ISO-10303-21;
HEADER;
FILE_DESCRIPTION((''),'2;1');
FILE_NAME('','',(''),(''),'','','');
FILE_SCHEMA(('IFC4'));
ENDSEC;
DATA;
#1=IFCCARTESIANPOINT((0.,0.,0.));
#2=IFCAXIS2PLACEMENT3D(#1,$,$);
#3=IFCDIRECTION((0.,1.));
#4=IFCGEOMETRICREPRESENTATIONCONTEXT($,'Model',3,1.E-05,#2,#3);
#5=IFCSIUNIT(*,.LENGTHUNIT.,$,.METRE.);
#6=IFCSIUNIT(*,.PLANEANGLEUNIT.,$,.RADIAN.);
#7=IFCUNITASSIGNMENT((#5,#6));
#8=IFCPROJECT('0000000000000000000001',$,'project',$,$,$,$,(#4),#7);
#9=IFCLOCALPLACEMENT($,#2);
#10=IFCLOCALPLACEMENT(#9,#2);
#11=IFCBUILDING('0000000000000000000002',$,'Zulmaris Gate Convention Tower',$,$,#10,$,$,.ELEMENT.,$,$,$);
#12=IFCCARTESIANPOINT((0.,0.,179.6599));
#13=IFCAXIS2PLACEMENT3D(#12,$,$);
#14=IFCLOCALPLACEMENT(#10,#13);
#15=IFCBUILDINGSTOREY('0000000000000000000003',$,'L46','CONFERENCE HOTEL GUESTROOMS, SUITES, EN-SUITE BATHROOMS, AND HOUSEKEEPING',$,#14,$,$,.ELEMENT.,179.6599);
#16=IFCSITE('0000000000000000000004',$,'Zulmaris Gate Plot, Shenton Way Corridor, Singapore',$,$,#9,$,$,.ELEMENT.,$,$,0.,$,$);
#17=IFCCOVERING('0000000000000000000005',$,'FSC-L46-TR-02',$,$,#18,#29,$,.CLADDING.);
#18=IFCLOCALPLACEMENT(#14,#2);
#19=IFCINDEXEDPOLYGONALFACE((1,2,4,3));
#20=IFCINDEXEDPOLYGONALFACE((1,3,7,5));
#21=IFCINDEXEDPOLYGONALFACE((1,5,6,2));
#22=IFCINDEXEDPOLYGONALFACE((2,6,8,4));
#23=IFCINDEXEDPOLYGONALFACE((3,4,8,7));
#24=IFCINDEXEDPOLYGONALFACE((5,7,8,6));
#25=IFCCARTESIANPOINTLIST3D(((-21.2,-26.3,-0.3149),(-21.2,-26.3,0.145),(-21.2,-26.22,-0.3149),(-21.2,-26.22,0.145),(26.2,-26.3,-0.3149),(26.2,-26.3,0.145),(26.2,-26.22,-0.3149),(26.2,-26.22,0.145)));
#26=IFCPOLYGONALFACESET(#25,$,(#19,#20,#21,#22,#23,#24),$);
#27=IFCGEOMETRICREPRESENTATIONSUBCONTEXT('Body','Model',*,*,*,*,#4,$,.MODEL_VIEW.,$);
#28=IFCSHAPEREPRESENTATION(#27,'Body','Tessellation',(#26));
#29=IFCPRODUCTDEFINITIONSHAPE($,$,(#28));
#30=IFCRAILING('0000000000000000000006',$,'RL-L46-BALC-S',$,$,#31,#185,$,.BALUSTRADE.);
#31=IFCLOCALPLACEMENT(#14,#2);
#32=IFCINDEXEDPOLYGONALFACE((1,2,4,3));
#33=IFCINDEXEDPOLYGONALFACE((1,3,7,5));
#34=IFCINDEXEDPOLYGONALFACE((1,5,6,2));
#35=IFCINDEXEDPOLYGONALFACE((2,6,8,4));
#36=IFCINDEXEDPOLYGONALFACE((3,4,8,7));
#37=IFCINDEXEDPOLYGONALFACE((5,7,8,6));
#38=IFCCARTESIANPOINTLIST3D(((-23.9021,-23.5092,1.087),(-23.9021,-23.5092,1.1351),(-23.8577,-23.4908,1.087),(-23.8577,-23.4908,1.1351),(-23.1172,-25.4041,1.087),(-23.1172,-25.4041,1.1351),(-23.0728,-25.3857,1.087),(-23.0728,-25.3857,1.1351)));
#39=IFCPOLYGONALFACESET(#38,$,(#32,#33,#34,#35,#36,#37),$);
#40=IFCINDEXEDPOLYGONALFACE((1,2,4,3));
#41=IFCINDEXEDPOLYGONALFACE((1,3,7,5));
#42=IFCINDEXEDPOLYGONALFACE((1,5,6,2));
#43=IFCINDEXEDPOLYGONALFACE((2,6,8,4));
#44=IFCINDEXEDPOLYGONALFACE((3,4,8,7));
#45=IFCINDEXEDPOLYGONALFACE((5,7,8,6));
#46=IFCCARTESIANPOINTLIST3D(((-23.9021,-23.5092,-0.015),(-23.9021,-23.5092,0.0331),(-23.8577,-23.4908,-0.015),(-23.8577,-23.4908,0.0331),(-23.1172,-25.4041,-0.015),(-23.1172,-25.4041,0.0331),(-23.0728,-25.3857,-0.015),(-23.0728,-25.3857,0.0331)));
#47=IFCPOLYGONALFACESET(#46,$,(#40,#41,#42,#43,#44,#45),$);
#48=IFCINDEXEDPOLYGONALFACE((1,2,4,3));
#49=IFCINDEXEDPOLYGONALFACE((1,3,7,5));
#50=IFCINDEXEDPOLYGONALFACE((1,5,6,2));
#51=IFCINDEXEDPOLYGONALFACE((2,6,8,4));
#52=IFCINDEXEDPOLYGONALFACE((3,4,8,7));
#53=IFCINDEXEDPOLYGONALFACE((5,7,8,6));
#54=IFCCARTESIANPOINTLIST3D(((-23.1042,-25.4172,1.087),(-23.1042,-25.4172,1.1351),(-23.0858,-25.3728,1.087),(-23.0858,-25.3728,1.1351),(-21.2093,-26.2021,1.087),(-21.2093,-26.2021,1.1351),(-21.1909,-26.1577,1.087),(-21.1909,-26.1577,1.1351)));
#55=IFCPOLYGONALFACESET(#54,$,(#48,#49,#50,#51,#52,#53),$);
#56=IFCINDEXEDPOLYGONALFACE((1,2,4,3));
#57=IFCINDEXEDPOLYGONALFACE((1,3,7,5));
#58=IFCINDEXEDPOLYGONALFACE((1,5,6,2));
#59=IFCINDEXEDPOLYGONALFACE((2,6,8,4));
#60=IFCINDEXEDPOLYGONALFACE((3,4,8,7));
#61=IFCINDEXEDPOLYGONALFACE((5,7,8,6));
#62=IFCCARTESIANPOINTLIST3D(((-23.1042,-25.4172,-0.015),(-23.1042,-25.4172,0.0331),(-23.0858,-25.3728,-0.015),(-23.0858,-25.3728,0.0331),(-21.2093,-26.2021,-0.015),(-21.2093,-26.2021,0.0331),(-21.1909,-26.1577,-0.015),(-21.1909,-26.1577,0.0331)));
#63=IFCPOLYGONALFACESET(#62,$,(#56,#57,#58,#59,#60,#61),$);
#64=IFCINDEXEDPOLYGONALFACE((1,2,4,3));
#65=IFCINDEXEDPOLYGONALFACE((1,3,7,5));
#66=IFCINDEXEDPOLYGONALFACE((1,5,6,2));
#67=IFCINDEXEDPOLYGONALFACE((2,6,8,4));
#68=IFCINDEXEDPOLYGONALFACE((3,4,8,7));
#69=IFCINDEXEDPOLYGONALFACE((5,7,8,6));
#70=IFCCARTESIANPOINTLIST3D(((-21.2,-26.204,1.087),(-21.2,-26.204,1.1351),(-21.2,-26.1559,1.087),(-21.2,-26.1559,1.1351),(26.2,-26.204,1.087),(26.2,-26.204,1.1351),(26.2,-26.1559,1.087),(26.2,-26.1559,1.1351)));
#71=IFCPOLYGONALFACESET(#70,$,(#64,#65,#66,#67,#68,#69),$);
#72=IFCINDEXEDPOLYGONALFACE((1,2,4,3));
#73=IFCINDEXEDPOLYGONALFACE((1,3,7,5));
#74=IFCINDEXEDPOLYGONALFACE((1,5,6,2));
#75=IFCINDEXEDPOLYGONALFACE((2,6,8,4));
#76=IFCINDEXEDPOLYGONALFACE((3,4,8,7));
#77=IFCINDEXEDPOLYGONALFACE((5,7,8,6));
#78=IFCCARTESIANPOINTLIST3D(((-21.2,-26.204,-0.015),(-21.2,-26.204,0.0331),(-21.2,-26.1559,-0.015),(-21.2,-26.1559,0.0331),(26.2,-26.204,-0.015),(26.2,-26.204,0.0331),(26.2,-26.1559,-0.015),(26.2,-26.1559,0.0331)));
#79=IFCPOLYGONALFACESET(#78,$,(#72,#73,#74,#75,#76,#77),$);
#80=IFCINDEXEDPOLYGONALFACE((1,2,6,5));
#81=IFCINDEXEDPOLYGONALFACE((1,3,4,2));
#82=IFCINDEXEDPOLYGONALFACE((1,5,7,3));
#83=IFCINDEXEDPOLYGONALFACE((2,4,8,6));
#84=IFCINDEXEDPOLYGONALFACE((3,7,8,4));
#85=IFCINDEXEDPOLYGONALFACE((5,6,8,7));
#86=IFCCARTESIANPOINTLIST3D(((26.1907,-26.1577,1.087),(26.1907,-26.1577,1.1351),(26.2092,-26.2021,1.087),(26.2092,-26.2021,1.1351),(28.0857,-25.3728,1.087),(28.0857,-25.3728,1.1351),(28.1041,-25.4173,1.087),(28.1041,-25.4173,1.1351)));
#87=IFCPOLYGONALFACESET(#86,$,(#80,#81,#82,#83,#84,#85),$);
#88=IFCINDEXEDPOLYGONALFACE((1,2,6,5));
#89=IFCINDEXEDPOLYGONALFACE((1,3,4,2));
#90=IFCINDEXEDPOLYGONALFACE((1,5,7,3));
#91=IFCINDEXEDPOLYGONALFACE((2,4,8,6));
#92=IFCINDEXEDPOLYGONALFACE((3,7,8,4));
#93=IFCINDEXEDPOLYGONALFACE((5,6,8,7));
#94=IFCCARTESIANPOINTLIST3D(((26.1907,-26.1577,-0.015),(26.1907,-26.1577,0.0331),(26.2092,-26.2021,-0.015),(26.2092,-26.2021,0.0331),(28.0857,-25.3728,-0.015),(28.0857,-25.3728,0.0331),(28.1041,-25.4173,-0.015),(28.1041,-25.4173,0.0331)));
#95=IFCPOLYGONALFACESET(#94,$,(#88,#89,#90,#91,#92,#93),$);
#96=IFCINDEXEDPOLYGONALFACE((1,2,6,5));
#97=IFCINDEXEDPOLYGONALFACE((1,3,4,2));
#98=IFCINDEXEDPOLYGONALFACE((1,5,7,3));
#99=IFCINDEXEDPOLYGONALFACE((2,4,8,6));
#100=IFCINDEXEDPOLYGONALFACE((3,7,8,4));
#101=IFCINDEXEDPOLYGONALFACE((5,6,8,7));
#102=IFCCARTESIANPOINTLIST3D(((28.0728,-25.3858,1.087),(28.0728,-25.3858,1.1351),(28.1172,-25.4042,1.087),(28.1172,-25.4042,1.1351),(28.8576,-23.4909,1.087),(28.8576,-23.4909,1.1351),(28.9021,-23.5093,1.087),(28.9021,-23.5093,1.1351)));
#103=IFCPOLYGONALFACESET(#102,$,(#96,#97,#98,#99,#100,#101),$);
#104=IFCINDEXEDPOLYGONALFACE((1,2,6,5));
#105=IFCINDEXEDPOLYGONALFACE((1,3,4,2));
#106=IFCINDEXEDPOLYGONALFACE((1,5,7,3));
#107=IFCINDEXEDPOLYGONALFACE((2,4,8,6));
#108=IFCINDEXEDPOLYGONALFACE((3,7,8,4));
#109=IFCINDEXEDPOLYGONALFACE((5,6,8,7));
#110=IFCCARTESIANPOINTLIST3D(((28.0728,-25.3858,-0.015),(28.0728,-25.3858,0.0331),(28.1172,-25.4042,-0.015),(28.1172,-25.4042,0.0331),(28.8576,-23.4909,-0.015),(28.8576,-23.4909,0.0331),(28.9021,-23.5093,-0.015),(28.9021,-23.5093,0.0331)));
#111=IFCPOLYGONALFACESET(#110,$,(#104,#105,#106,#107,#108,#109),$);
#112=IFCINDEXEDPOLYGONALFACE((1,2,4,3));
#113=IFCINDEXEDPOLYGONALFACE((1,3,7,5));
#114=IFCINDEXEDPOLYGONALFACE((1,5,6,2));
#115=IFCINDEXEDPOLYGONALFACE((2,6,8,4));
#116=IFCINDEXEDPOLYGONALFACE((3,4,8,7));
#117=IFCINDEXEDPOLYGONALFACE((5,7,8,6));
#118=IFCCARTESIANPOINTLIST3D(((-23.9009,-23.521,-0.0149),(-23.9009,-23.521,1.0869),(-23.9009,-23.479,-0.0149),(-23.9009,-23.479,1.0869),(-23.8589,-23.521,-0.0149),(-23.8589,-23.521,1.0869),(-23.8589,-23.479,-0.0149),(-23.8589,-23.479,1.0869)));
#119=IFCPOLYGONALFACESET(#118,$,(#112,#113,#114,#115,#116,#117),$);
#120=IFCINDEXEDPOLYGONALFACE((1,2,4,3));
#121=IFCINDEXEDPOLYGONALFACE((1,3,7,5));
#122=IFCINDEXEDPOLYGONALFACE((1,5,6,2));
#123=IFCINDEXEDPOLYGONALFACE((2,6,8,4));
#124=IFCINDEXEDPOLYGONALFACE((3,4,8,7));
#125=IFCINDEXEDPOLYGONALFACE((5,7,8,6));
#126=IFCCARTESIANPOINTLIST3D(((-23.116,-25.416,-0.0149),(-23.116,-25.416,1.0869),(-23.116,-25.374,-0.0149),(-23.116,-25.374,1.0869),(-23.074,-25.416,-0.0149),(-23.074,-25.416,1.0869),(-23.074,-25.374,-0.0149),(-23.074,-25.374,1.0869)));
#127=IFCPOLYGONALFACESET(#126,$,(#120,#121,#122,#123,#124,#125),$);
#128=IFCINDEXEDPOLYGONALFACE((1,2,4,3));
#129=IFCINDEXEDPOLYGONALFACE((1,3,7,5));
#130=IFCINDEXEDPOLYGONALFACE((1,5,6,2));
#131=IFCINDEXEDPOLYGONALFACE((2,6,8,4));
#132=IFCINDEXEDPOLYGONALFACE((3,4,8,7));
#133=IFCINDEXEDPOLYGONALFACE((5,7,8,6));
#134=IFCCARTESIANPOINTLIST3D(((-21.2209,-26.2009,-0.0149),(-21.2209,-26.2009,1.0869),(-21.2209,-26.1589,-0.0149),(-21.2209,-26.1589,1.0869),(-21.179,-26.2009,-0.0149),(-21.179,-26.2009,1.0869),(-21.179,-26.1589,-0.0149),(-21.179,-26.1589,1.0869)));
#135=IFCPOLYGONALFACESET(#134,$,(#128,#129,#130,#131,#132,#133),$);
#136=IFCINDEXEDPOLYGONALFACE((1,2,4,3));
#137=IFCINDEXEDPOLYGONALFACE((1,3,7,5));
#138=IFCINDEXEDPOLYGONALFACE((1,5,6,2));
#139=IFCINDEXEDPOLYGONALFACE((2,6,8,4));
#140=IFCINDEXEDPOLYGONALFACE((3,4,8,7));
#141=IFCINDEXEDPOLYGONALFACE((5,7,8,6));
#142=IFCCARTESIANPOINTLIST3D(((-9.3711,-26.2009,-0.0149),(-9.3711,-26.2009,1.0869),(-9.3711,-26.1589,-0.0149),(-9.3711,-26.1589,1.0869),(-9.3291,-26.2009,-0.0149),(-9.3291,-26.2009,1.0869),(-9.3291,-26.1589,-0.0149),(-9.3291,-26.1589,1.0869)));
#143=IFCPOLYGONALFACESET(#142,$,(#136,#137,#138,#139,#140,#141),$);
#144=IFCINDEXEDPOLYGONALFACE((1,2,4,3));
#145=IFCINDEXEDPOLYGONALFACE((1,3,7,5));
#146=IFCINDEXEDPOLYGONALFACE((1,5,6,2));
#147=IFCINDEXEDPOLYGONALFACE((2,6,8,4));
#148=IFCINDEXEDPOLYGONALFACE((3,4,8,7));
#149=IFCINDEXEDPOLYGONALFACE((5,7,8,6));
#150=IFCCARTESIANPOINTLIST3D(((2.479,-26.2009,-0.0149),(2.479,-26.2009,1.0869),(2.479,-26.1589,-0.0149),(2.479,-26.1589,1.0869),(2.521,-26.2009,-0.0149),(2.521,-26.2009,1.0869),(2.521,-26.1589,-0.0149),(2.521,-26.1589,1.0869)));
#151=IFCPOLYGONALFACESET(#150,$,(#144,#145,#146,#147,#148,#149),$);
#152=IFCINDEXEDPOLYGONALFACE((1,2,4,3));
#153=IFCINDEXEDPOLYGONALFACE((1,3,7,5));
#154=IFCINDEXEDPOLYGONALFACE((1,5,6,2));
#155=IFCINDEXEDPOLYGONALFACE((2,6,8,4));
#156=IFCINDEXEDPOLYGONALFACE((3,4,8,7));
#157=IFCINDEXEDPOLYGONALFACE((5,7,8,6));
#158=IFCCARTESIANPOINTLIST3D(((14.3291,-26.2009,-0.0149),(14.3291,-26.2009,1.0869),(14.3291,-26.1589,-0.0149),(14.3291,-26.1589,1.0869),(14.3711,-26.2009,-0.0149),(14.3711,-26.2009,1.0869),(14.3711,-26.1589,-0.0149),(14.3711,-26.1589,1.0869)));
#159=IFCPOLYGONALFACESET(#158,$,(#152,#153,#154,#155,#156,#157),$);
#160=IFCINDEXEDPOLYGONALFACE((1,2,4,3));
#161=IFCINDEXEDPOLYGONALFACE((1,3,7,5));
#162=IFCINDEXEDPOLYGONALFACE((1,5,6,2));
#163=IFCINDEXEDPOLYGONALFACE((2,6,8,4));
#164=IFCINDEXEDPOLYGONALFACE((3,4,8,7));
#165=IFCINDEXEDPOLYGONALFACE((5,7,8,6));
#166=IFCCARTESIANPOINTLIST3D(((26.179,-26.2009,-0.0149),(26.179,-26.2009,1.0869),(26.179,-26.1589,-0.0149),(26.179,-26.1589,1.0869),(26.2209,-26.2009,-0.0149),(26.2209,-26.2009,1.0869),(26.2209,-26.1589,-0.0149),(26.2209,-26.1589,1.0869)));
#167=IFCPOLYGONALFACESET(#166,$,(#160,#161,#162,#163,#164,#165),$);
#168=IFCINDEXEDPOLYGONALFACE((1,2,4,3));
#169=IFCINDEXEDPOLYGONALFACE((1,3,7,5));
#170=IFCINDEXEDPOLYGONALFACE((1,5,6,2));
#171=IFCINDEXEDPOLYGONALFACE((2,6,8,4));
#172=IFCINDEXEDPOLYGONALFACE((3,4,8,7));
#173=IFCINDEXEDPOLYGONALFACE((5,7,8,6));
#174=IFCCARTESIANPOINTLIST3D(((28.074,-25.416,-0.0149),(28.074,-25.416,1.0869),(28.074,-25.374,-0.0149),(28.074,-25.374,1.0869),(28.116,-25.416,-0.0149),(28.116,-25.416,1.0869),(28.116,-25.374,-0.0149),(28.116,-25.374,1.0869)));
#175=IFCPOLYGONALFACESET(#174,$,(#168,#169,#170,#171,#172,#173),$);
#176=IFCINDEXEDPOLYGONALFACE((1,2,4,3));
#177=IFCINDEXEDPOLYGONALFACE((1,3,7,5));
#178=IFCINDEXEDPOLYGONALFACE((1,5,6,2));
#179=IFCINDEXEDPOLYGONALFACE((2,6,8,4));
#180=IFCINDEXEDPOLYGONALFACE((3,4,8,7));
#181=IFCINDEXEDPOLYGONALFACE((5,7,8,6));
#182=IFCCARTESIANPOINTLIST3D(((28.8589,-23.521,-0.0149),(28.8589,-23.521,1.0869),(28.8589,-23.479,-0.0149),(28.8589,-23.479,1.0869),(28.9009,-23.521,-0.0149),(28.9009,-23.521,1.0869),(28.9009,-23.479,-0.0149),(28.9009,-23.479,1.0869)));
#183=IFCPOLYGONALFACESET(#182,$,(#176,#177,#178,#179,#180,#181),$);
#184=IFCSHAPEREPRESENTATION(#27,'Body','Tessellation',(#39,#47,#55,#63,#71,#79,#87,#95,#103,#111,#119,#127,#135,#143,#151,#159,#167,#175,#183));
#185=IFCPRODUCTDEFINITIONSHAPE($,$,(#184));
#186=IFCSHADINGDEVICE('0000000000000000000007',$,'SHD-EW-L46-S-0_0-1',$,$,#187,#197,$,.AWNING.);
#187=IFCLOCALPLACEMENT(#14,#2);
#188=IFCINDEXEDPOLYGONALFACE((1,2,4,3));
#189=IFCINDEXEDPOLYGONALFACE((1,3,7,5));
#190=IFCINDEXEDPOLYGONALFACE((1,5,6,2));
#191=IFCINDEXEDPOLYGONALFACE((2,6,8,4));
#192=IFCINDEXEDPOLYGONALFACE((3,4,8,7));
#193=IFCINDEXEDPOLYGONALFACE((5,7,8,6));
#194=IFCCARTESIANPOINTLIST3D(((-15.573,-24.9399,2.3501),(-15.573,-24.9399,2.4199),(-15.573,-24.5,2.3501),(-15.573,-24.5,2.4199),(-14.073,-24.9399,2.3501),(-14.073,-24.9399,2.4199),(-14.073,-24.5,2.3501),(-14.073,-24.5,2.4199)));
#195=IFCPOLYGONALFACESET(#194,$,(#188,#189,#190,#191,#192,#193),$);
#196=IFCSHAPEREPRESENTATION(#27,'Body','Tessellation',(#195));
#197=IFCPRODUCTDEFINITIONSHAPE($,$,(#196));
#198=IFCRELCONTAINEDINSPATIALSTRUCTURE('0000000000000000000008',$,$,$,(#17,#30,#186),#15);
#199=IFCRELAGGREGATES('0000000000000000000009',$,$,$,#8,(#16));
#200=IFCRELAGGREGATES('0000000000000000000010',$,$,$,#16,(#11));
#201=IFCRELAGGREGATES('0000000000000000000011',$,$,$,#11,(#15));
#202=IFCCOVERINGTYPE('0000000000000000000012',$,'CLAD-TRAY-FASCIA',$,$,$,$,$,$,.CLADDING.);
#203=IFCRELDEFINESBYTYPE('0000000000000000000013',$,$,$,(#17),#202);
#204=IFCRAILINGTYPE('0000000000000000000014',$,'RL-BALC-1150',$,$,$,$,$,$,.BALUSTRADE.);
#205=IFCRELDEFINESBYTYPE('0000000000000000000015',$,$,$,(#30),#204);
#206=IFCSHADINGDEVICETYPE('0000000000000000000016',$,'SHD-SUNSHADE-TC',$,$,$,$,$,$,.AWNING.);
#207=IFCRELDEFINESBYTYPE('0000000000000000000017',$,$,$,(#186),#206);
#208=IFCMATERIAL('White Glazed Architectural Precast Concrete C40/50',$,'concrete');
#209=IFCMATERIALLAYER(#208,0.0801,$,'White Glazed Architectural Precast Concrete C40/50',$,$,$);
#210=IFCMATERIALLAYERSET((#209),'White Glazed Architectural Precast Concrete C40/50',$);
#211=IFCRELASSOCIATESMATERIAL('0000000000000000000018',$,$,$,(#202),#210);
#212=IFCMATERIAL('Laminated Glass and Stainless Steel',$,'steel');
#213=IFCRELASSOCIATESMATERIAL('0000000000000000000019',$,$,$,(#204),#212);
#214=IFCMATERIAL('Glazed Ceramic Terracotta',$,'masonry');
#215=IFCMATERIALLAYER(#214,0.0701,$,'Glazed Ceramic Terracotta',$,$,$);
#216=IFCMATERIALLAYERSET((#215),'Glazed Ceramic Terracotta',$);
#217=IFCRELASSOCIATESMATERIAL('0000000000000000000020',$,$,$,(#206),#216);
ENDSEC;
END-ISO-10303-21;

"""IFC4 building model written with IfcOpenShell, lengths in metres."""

from ifc_helpers import new_model, si_unit, direction, frame, frame_2d, origin, origin_2d, place, context, subcontext, project, spatial, rectangle, extrude, material, layer, layer_set, type_object, element, save


model = new_model("IFC4")

# Units and contexts
model_context = context("Model", 3, precision=1e-05, world=origin(), true_north=direction((0.0, 1.0)))
body_context = subcontext(model_context, "Body", "Model", "MODEL_VIEW")
ifc_project = project(units=[si_unit("LENGTHUNIT", "METRE"), si_unit("PLANEANGLEUNIT", "RADIAN")], contexts=[model_context])

# Site, building, storey
site_placement = place(None, origin())
site = spatial("IfcSite", under=ifc_project, at=site_placement, Name="Zulmaris Gate Plot, Shenton Way Corridor, Singapore", CompositionType="ELEMENT", RefElevation=0.0)
building_placement = place(site_placement, origin())
building = spatial("IfcBuilding", under=site, at=building_placement, Name="Zulmaris Gate Convention Tower", CompositionType="ELEMENT")
storey_placement = place(building_placement, frame((0.0, 0.0, 179.6599)))
storey = spatial("IfcBuildingStorey", under=building, at=storey_placement, Name="L46", Description="CONFERENCE HOTEL GUESTROOMS, SUITES, EN-SUITE BATHROOMS, AND HOUSEKEEPING", CompositionType="ELEMENT", Elevation=179.6599)

# Covering
ifc_material_1 = material(Name="White Glazed Architectural Precast Concrete C40/50", Category="concrete")
ifc_layer_1 = layer(ifc_material_1, 0.0801, Name="White Glazed Architectural Precast Concrete C40/50")
ifc_layer_set_1 = layer_set([ifc_layer_1], Name="White Glazed Architectural Precast Concrete C40/50")
covering_type_1 = type_object("IfcCoveringType", Name="CLAD-TRAY-FASCIA", PredefinedType="CLADDING", material=ifc_layer_set_1)
covering_1_placement = place(storey_placement, frame((-21.2, -26.26, -0.3149), z_axis=(0.0, 0.0, 1.0), x_axis=(1.0, 0.0, 0.0)))
element("IfcCovering", 1, at=covering_1_placement, inside=storey, type_object=covering_type_1, Name="FSC-L46-TR-02", PredefinedType="CLADDING", context=body_context, shape_type="SweptSolid", body=[
    extrude(rectangle(XDim=47.3999, YDim=0.0801, at=frame_2d((23.7, 0.0))), origin(), (0.0, 0.0, 1.0), 0.46),
])

# Railing
ifc_material_2 = material(Name="Laminated Glass and Stainless Steel", Category="steel")
railing_type = type_object("IfcRailingType", Name="RL-BALC-1150", PredefinedType="BALUSTRADE", material=ifc_material_2)
railing_placement = place(storey_placement, frame((-23.8799, -23.5, -0.0149)))
element("IfcRailing", 2, at=railing_placement, inside=storey, type_object=railing_type, Name="RL-L46-BALC-S", PredefinedType="BALUSTRADE", context=body_context, shape_type="SweptSolid", body=[
    extrude(rectangle(XDim=0.0481, YDim=0.0481, at=origin_2d()), frame((0.0, 0.0, 1.126), z_axis=(0.382671, -0.923885, 0.0), x_axis=(0.923885, 0.382671, 0.0)), (0.0, 0.0, 1.0), 2.051),
    extrude(rectangle(XDim=0.0481, YDim=0.0481, at=origin_2d()), frame((0.0, 0.0, 0.0239), z_axis=(0.382671, -0.923885, 0.0), x_axis=(0.923885, 0.382671, 0.0)), (0.0, 0.0, 1.0), 2.051),
    extrude(rectangle(XDim=0.0481, YDim=0.0481, at=origin_2d()), frame((0.7849, -1.895, 1.126), z_axis=(0.923885, -0.382671, 0.0), x_axis=(0.382671, 0.923885, 0.0)), (0.0, 0.0, 1.0), 2.051),
    extrude(rectangle(XDim=0.0481, YDim=0.0481, at=origin_2d()), frame((0.7849, -1.895, 0.0239), z_axis=(0.923885, -0.382671, 0.0), x_axis=(0.382671, 0.923885, 0.0)), (0.0, 0.0, 1.0), 2.051),
    extrude(rectangle(XDim=0.0481, YDim=0.0481, at=origin_2d()), frame((2.6799, -2.6799, 1.126), z_axis=(1.0, 0.0, 0.0), x_axis=(0.0, 1.0, 0.0)), (0.0, 0.0, 1.0), 47.3999),
    extrude(rectangle(XDim=0.0481, YDim=0.0481, at=origin_2d()), frame((2.6799, -2.6799, 0.0239), z_axis=(1.0, 0.0, 0.0), x_axis=(0.0, 1.0, 0.0)), (0.0, 0.0, 1.0), 47.3999),
    extrude(rectangle(XDim=0.0481, YDim=0.0481, at=origin_2d()), frame((50.0798, -2.6799, 1.126), z_axis=(0.923885, 0.382671, 0.0), x_axis=(-0.382671, 0.923885, 0.0)), (0.0, 0.0, 1.0), 2.051),
    extrude(rectangle(XDim=0.0481, YDim=0.0481, at=origin_2d()), frame((50.0798, -2.6799, 0.0239), z_axis=(0.923885, 0.382671, 0.0), x_axis=(-0.382671, 0.923885, 0.0)), (0.0, 0.0, 1.0), 2.051),
    extrude(rectangle(XDim=0.0481, YDim=0.0481, at=origin_2d()), frame((51.9749, -1.895, 1.126), z_axis=(0.382671, 0.923885, 0.0), x_axis=(-0.923885, 0.382671, 0.0)), (0.0, 0.0, 1.0), 2.051),
    extrude(rectangle(XDim=0.0481, YDim=0.0481, at=origin_2d()), frame((51.9749, -1.895, 0.0239), z_axis=(0.382671, 0.923885, 0.0), x_axis=(-0.923885, 0.382671, 0.0)), (0.0, 0.0, 1.0), 2.051),
    extrude(rectangle(XDim=0.042, YDim=0.042, at=origin_2d()), origin(), (0.0, 0.0, 1.0), 1.1018),
    extrude(rectangle(XDim=0.042, YDim=0.042, at=origin_2d()), frame((0.7849, -1.895, 0.0)), (0.0, 0.0, 1.0), 1.1018),
    extrude(rectangle(XDim=0.042, YDim=0.042, at=origin_2d()), frame((2.6799, -2.6799, 0.0)), (0.0, 0.0, 1.0), 1.1018),
    extrude(rectangle(XDim=0.042, YDim=0.042, at=origin_2d()), frame((14.5298, -2.6799, 0.0)), (0.0, 0.0, 1.0), 1.1018),
    extrude(rectangle(XDim=0.042, YDim=0.042, at=origin_2d()), frame((26.3799, -2.6799, 0.0)), (0.0, 0.0, 1.0), 1.1018),
    extrude(rectangle(XDim=0.042, YDim=0.042, at=origin_2d()), frame((38.23, -2.6799, 0.0)), (0.0, 0.0, 1.0), 1.1018),
    extrude(rectangle(XDim=0.042, YDim=0.042, at=origin_2d()), frame((50.0798, -2.6799, 0.0)), (0.0, 0.0, 1.0), 1.1018),
    extrude(rectangle(XDim=0.042, YDim=0.042, at=origin_2d()), frame((51.9749, -1.895, 0.0)), (0.0, 0.0, 1.0), 1.1018),
    extrude(rectangle(XDim=0.042, YDim=0.042, at=origin_2d()), frame((52.7598, 0.0, 0.0)), (0.0, 0.0, 1.0), 1.1018),
])

# Shading device
ifc_material_3 = material(Name="Glazed Ceramic Terracotta", Category="masonry")
ifc_layer_2 = layer(ifc_material_3, 0.0701, Name="Glazed Ceramic Terracotta")
ifc_layer_set_2 = layer_set([ifc_layer_2], Name="Glazed Ceramic Terracotta")
shading_device_type = type_object("IfcShadingDeviceType", Name="SHD-SUNSHADE-TC", PredefinedType="AWNING", material=ifc_layer_set_2)
shading_device_placement = place(storey_placement, frame((-15.573, -24.72, 2.3501), z_axis=(0.0, 0.0, 1.0), x_axis=(1.0, 0.0, 0.0)))
element("IfcShadingDevice", 3, at=shading_device_placement, inside=storey, type_object=shading_device_type, Name="SHD-EW-L46-S-0_0-1", PredefinedType="AWNING", context=body_context, shape_type="SweptSolid", body=[
    extrude(rectangle(XDim=1.5, YDim=0.4399, at=frame_2d((0.75, 0.0))), origin(), (0.0, 0.0, 1.0), 0.0698),
])

save(model, "model.ifc")
